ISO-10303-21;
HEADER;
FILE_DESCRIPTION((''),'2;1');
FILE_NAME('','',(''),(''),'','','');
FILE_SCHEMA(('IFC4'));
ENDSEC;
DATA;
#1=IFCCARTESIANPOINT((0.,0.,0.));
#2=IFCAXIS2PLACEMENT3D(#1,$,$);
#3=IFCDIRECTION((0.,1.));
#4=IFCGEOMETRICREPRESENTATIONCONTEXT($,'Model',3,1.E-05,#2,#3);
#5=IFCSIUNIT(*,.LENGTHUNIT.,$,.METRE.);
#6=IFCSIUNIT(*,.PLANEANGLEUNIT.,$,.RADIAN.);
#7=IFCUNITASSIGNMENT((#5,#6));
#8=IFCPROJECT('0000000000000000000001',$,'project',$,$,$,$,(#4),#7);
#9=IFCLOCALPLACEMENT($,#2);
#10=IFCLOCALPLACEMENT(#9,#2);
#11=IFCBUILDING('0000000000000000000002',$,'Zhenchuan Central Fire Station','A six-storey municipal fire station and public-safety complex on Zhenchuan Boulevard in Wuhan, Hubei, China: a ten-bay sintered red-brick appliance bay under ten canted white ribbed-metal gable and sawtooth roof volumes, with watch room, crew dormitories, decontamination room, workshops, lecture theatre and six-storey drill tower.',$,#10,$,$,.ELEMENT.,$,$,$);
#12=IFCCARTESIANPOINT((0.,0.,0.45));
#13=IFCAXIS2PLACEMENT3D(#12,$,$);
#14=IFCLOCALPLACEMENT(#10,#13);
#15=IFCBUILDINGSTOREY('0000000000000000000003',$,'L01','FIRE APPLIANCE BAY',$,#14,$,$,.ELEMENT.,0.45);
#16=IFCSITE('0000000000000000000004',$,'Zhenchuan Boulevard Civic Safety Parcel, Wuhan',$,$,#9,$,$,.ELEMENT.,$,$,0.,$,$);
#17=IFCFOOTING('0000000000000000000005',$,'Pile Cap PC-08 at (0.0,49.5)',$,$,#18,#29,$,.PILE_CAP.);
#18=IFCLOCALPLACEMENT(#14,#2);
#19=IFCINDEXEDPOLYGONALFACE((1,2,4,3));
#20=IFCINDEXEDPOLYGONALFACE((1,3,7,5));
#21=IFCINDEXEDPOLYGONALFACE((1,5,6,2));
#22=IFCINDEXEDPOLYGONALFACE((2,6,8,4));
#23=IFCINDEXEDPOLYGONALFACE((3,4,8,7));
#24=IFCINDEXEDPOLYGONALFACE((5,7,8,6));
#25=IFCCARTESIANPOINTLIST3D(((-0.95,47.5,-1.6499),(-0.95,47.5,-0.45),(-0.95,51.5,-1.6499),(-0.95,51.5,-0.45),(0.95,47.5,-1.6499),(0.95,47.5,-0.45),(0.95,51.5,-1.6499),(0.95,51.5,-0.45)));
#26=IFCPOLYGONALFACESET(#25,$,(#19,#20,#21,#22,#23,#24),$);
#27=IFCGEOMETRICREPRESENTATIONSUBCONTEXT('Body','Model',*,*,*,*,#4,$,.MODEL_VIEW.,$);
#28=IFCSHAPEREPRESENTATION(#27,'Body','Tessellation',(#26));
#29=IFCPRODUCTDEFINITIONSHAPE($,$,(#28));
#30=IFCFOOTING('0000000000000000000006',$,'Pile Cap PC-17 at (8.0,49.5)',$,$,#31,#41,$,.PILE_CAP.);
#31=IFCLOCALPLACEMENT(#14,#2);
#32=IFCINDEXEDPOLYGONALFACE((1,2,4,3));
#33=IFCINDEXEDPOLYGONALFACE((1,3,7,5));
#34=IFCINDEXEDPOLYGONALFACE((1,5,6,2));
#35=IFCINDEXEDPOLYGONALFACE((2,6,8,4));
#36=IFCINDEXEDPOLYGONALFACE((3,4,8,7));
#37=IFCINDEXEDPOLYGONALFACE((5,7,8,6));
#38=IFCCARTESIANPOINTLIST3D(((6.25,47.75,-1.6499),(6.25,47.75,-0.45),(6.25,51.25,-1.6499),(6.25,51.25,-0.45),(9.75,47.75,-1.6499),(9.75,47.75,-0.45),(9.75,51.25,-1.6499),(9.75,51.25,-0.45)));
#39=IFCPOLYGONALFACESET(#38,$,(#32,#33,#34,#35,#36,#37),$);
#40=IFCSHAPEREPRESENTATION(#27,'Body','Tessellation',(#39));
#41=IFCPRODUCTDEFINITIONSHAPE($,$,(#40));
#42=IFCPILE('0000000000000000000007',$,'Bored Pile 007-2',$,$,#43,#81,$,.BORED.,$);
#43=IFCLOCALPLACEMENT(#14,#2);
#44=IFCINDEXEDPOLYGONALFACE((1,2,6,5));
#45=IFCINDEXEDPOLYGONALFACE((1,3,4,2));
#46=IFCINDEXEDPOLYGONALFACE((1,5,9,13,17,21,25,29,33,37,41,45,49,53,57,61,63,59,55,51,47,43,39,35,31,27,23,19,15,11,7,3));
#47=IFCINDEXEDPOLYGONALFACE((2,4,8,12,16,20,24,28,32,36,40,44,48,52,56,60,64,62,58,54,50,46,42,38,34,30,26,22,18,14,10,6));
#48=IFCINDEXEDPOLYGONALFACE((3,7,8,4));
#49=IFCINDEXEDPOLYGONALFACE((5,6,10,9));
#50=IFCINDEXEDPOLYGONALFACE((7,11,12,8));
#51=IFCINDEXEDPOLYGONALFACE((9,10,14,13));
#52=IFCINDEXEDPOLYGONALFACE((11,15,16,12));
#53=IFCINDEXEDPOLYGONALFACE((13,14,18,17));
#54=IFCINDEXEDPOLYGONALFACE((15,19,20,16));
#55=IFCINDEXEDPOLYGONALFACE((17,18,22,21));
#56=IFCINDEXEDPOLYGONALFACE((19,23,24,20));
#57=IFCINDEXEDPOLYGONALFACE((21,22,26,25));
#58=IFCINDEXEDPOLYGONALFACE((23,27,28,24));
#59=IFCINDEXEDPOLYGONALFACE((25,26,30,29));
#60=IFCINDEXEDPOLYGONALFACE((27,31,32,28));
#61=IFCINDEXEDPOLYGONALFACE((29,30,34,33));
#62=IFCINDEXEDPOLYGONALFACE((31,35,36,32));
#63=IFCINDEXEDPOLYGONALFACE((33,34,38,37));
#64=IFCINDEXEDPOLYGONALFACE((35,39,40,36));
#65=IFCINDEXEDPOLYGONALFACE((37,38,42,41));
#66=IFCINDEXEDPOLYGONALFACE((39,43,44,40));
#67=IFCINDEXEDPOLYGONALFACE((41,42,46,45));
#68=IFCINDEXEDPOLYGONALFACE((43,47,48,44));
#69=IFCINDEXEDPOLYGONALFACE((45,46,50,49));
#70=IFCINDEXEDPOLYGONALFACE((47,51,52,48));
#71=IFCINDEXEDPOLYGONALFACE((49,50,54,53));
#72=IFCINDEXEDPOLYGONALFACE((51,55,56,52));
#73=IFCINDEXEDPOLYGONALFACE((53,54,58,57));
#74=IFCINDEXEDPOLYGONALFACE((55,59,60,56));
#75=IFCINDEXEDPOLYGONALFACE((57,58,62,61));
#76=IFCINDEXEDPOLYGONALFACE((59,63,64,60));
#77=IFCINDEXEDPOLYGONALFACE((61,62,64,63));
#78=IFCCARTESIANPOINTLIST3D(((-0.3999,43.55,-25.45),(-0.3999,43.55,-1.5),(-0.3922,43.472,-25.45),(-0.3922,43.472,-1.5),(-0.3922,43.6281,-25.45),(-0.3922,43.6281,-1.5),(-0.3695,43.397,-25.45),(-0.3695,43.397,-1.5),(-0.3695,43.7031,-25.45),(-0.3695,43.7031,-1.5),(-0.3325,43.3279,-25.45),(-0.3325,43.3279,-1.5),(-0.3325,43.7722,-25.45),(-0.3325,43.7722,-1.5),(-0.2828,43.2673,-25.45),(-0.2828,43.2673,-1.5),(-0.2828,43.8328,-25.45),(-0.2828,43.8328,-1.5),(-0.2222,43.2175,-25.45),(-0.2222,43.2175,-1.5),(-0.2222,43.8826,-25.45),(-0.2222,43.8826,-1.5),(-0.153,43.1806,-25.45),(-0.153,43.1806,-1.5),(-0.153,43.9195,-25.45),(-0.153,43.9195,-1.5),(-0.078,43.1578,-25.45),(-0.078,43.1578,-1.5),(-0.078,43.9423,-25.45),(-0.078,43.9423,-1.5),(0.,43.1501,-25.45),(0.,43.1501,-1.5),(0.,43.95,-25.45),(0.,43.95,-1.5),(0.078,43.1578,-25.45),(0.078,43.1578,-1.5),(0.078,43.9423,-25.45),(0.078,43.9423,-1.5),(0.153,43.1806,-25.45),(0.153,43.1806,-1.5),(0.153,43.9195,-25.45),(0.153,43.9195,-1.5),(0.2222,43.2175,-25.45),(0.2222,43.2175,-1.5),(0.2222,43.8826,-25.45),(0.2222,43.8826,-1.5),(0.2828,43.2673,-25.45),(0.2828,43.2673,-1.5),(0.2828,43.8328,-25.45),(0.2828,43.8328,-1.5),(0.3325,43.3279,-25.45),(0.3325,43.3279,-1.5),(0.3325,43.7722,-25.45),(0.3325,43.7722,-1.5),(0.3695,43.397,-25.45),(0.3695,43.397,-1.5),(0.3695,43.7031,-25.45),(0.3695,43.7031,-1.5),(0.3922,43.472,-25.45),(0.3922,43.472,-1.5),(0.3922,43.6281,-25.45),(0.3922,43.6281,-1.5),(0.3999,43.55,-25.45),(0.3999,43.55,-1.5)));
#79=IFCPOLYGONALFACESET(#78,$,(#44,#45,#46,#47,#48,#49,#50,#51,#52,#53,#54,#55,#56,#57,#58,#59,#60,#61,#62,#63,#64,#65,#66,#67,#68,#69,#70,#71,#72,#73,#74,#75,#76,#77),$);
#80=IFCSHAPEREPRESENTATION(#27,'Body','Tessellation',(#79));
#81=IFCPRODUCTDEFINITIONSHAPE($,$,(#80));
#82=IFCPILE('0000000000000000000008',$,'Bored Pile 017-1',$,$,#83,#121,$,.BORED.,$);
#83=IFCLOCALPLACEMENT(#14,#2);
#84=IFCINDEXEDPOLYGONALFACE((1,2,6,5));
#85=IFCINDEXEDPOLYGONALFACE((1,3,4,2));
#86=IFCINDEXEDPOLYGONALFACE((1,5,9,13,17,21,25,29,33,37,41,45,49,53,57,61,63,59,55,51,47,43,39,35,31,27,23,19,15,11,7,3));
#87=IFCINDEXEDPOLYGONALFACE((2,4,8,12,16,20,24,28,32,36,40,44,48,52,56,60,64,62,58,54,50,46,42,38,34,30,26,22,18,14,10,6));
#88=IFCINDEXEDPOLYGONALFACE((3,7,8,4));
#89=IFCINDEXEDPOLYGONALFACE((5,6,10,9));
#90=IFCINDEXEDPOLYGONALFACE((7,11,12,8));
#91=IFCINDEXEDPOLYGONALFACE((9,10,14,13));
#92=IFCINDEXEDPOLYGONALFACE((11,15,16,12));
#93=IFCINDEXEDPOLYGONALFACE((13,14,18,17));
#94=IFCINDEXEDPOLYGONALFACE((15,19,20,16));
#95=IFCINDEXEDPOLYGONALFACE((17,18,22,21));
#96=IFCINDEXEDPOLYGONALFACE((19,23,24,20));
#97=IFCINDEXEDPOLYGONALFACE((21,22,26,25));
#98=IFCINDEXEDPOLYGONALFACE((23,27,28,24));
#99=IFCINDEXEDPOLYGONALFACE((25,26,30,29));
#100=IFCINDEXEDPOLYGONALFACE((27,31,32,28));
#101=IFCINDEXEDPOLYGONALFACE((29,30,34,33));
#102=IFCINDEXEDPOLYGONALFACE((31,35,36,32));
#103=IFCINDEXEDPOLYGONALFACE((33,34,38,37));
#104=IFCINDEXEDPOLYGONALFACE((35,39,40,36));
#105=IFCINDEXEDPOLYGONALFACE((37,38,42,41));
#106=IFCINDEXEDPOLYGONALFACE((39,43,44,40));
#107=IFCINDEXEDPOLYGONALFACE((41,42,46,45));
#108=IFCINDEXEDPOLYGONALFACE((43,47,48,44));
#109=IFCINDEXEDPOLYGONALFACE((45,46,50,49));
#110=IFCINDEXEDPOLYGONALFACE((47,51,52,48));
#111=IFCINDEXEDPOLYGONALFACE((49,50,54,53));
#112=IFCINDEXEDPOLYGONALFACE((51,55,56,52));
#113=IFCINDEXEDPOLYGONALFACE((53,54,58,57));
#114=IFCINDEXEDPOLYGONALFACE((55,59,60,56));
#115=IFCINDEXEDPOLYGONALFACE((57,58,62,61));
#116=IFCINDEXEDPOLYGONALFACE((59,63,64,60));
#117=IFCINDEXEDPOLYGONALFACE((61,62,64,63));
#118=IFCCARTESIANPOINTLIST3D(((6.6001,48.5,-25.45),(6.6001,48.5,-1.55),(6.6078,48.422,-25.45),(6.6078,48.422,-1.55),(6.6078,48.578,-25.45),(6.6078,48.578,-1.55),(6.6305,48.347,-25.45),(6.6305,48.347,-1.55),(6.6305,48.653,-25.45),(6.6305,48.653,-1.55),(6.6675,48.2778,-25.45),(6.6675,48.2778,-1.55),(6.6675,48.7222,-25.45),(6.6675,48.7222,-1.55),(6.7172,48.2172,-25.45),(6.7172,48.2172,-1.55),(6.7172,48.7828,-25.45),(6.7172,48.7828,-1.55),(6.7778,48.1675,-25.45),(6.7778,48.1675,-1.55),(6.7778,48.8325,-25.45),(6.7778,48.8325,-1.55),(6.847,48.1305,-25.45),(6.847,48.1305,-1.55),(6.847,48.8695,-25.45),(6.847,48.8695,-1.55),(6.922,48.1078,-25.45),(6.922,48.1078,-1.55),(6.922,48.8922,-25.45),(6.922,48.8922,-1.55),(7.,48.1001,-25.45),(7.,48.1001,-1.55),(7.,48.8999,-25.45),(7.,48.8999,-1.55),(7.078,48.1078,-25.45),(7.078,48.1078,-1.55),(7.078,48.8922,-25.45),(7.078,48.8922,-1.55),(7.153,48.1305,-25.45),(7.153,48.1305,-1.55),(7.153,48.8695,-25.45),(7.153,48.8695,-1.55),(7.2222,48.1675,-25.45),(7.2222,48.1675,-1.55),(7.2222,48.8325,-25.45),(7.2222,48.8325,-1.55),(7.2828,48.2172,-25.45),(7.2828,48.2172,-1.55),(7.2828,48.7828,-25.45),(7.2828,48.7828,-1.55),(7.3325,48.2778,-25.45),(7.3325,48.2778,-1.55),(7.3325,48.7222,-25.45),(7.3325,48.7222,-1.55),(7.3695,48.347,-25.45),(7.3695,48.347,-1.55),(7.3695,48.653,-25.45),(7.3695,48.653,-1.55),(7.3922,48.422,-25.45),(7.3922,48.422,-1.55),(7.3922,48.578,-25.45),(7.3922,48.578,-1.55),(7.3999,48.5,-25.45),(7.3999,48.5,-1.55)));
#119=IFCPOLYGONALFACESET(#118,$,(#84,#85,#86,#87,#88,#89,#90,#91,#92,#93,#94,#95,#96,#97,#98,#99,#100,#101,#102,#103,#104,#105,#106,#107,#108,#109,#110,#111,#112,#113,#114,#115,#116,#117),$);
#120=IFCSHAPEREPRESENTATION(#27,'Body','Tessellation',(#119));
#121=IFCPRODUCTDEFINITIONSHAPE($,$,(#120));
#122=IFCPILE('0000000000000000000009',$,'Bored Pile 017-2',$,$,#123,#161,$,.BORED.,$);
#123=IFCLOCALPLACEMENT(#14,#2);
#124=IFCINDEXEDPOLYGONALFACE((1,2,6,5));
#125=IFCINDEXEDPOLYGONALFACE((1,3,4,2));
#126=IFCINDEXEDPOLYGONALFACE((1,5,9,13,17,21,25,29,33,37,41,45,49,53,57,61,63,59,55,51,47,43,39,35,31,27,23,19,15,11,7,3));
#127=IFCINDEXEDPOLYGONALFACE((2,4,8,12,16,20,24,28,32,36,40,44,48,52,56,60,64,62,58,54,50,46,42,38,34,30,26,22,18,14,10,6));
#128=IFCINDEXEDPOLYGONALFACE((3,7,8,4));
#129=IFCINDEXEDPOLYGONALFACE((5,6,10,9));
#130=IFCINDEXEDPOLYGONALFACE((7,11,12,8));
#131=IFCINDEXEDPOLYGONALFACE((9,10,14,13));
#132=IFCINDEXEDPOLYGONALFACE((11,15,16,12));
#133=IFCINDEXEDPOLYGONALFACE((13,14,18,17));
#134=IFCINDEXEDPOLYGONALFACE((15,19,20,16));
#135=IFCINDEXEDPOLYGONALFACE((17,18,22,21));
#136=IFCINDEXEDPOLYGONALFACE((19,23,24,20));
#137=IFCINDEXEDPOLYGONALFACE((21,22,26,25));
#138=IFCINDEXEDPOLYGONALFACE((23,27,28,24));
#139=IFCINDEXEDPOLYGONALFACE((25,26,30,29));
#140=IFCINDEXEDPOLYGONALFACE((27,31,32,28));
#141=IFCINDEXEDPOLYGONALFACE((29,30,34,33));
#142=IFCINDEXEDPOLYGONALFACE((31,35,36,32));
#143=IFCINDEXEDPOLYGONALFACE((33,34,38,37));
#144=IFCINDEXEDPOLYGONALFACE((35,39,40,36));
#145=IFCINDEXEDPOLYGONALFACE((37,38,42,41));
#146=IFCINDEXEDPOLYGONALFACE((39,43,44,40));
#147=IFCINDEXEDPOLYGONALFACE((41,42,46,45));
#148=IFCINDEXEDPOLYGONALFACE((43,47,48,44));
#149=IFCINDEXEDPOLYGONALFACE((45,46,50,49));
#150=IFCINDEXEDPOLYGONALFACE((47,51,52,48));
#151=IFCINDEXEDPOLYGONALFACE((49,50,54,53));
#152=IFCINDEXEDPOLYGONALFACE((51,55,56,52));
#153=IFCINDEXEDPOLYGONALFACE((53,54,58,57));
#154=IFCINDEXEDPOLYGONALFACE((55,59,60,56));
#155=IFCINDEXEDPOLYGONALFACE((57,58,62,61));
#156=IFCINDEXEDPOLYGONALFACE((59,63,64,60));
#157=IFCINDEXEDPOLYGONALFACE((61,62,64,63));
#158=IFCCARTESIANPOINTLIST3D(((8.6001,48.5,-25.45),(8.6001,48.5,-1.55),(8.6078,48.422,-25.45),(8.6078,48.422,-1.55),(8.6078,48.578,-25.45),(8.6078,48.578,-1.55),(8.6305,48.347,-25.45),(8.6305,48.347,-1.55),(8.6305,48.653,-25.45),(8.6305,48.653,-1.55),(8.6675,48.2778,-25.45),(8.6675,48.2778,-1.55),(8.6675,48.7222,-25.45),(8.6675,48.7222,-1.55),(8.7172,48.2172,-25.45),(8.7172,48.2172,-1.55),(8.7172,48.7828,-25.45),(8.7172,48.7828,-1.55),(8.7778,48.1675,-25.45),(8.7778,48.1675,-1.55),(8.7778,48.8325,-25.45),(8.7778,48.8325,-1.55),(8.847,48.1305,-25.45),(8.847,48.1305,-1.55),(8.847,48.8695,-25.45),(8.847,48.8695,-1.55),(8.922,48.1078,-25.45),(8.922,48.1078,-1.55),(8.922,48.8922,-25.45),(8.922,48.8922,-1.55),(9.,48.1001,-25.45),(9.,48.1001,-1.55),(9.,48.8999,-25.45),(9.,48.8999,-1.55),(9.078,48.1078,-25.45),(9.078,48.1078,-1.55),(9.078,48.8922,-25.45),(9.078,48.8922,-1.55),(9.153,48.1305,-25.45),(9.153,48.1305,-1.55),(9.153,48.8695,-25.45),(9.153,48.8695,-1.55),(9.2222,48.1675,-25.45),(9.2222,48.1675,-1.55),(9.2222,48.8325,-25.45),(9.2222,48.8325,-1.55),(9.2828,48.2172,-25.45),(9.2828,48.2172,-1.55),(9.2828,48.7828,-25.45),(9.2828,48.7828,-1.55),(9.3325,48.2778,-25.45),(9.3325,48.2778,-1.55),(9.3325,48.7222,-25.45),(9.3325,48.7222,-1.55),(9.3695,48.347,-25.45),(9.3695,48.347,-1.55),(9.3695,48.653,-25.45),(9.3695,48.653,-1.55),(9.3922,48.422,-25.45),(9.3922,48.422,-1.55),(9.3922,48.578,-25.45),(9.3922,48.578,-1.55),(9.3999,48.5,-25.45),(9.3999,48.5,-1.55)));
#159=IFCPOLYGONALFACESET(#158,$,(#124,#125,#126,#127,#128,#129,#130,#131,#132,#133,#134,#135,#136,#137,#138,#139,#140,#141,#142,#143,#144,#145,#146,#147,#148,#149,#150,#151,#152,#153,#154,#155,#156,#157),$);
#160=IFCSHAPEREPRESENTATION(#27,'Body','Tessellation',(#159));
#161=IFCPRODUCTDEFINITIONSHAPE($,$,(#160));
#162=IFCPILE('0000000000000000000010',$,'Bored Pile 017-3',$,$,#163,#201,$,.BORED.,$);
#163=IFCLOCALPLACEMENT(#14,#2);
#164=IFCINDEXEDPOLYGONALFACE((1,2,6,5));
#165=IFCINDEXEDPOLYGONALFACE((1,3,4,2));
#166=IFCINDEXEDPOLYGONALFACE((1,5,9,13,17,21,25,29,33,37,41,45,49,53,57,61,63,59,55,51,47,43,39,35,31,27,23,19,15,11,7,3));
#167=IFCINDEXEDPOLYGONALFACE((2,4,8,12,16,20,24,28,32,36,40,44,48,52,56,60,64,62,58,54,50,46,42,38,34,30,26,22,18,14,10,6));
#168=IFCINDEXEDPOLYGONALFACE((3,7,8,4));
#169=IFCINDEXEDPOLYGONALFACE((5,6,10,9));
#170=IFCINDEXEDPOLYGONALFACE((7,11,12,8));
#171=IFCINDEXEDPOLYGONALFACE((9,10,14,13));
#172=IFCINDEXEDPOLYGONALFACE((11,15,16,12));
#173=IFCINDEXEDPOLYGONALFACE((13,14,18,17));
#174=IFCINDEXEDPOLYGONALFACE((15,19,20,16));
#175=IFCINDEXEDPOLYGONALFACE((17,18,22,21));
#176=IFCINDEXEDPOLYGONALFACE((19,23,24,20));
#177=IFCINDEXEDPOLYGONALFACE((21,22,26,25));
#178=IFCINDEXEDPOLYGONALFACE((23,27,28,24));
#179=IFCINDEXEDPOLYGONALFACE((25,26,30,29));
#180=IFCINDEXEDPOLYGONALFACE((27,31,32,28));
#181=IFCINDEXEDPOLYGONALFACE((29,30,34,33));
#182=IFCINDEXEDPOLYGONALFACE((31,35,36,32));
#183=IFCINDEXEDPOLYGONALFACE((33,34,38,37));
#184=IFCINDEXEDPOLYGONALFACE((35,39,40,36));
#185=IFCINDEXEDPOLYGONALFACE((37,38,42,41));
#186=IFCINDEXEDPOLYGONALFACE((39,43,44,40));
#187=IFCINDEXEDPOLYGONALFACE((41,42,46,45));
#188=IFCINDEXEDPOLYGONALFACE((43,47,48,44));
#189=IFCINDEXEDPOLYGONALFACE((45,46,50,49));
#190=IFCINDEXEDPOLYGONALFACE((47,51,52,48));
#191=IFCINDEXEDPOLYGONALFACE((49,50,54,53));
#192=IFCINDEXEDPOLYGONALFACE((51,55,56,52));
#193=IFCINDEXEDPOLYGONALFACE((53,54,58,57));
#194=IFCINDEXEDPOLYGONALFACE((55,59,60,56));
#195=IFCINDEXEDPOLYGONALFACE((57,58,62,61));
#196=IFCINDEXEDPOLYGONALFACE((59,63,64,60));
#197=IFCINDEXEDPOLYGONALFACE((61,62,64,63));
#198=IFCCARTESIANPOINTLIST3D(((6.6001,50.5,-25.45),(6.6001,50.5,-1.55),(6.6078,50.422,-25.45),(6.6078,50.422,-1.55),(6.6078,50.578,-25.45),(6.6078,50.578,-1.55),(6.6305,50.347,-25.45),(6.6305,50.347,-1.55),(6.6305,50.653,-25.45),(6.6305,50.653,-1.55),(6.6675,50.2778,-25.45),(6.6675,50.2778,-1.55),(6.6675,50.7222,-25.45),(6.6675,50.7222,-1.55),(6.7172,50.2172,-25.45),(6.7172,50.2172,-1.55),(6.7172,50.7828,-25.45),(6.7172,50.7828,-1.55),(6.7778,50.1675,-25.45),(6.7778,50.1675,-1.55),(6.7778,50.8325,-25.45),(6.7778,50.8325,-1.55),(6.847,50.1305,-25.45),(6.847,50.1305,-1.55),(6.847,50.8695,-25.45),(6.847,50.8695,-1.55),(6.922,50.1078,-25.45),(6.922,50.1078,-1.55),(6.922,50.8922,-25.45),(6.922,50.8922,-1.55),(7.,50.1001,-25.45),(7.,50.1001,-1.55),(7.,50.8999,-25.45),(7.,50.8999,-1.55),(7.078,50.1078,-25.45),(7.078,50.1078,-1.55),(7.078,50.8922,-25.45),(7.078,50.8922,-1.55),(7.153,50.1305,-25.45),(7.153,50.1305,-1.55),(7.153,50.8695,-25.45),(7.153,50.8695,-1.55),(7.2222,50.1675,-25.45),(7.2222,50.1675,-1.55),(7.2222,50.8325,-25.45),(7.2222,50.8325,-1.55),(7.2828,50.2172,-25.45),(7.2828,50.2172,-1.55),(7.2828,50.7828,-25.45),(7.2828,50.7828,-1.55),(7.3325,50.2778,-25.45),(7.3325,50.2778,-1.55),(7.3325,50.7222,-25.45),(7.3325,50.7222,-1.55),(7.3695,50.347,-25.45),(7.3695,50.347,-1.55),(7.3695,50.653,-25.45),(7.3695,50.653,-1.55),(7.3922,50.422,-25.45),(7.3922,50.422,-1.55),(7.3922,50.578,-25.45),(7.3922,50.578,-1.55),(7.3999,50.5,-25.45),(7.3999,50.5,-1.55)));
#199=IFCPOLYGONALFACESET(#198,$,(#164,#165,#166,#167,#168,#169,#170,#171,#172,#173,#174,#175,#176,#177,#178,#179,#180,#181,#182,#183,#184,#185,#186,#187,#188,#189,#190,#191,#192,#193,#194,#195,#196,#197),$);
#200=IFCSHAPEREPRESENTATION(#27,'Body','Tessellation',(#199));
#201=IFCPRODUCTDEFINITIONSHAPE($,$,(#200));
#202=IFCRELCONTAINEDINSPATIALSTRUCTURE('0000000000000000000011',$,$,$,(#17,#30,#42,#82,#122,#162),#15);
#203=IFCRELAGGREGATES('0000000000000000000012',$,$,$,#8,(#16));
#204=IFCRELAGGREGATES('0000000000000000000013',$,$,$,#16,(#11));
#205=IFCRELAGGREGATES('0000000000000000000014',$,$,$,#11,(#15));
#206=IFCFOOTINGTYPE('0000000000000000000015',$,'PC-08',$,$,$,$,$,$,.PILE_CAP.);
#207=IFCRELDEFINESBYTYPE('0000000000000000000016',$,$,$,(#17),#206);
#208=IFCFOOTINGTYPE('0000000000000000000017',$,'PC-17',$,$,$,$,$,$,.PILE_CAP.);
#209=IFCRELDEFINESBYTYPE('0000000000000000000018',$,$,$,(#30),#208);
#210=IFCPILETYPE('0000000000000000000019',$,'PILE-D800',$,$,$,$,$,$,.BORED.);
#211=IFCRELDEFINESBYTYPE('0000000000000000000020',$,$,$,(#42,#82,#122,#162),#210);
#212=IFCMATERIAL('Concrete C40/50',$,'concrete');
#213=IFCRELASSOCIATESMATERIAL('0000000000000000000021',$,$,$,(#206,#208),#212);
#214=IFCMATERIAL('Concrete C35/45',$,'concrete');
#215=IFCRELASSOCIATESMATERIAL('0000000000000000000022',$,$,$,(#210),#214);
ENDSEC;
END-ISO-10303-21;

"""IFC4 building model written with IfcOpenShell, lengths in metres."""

from ifc_helpers import new_model, si_unit, direction, frame, origin, origin_2d, place, context, subcontext, project, spatial, rectangle, circle, extrude, material, material_profile, profile_set, type_object, element, save


model = new_model("IFC4")

# Units and contexts
model_context = context("Model", 3, precision=1e-05, world=origin(), true_north=direction((0.0, 1.0)))
body_context = subcontext(model_context, "Body", "Model", "MODEL_VIEW")
ifc_project = project(units=[si_unit("LENGTHUNIT", "METRE"), si_unit("PLANEANGLEUNIT", "RADIAN")], contexts=[model_context])

# Site, building, storey
site_placement = place(None, origin())
site = spatial("IfcSite", under=ifc_project, at=site_placement, Name="Zhenchuan Boulevard Civic Safety Parcel, Wuhan", CompositionType="ELEMENT", RefElevation=0.0)
building_placement = place(site_placement, origin())
building = spatial("IfcBuilding", under=site, at=building_placement, Name="Zhenchuan Central Fire Station", Description="A six-storey municipal fire station and public-safety complex on Zhenchuan Boulevard in Wuhan, Hubei, China: a ten-bay sintered red-brick appliance bay under ten canted white ribbed-metal gable and sawtooth roof volumes, with watch room, crew dormitories, decontamination room, workshops, lecture theatre and six-storey drill tower.", CompositionType="ELEMENT")
storey_placement = place(building_placement, frame((0.0, 0.0, 0.45)))
storey = spatial("IfcBuildingStorey", under=building, at=storey_placement, Name="L01", Description="FIRE APPLIANCE BAY", CompositionType="ELEMENT", Elevation=0.45)

# Footings
ifc_material_1 = material(Name="Concrete C40/50", Category="concrete")
footing_type_1 = type_object("IfcFootingType", Name="PC-08", PredefinedType="PILE_CAP", material=ifc_material_1)
footing_1_placement = place(storey_placement, frame((0.0, 49.5, -1.6499), z_axis=(0.0, 0.0, 1.0), x_axis=(1.0, 0.0, 0.0)))
element("IfcFooting", 1, at=footing_1_placement, inside=storey, type_object=footing_type_1, Name="Pile Cap PC-08 at (0.0,49.5)", PredefinedType="PILE_CAP", context=body_context, shape_type="SweptSolid", body=[
    extrude(rectangle(XDim=1.8999, YDim=4.0, at=origin_2d()), origin(), (0.0, 0.0, 1.0), 1.2),
])
footing_type_2 = type_object("IfcFootingType", Name="PC-17", PredefinedType="PILE_CAP", material=ifc_material_1)
footing_2_placement = place(storey_placement, frame((8.0, 49.5, -1.6499), z_axis=(0.0, 0.0, 1.0), x_axis=(1.0, 0.0, 0.0)))
element("IfcFooting", 2, at=footing_2_placement, inside=storey, type_object=footing_type_2, Name="Pile Cap PC-17 at (8.0,49.5)", PredefinedType="PILE_CAP", context=body_context, shape_type="SweptSolid", body=[
    extrude(rectangle(XDim=3.5, YDim=3.5, at=origin_2d()), origin(), (0.0, 0.0, 1.0), 1.2),
])

# Piles
ifc_material_2 = material(Name="Concrete C35/45", Category="concrete")
ifc_material_profile_1 = material_profile(ifc_material_2, circle(Radius=0.3999, at=origin_2d()), Name="PILE D800")
ifc_profile_set_1 = profile_set([ifc_material_profile_1], Name="Concrete C35/45")
pile_type_1 = type_object("IfcPileType", Name="PILE-D800", PredefinedType="BORED", material=ifc_profile_set_1)
pile_placement = place(storey_placement, frame((0.0, 43.55, -1.5), z_axis=(0.0, 0.0, -1.0), x_axis=(1.0, 0.0, 0.0)))
element("IfcPile", 3, at=pile_placement, inside=storey, type_object=pile_type_1, Name="Bored Pile 007-2", PredefinedType="BORED", context=body_context, shape_type="SweptSolid", body=[
    extrude(circle(Radius=0.3999, at=origin_2d()), origin(), (0.0, 0.0, 1.0), 23.95),
])
for number, where, z_axis, x_axis, name in (
    (4, (7.0, 48.5, -1.55), (0.0, 0.0, -1.0), (1.0, 0.0, 0.0), "Bored Pile 017-1"),
    (5, (9.0, 48.5, -1.55), (0.0, 0.0, -1.0), (1.0, 0.0, 0.0), "Bored Pile 017-2"),
    (6, (7.0, 50.5, -1.55), (0.0, 0.0, -1.0), (1.0, 0.0, 0.0), "Bored Pile 017-3"),
):
    element("IfcPile", number, at=place(storey_placement, frame(where, z_axis=z_axis, x_axis=x_axis)), inside=storey, type_object=pile_type_1, Name=name, PredefinedType="BORED", context=body_context, shape_type="SweptSolid", body=[
        extrude(circle(Radius=0.3999, at=origin_2d()), origin(), (0.0, 0.0, 1.0), 23.8999),
    ])

save(model, "model.ifc")
